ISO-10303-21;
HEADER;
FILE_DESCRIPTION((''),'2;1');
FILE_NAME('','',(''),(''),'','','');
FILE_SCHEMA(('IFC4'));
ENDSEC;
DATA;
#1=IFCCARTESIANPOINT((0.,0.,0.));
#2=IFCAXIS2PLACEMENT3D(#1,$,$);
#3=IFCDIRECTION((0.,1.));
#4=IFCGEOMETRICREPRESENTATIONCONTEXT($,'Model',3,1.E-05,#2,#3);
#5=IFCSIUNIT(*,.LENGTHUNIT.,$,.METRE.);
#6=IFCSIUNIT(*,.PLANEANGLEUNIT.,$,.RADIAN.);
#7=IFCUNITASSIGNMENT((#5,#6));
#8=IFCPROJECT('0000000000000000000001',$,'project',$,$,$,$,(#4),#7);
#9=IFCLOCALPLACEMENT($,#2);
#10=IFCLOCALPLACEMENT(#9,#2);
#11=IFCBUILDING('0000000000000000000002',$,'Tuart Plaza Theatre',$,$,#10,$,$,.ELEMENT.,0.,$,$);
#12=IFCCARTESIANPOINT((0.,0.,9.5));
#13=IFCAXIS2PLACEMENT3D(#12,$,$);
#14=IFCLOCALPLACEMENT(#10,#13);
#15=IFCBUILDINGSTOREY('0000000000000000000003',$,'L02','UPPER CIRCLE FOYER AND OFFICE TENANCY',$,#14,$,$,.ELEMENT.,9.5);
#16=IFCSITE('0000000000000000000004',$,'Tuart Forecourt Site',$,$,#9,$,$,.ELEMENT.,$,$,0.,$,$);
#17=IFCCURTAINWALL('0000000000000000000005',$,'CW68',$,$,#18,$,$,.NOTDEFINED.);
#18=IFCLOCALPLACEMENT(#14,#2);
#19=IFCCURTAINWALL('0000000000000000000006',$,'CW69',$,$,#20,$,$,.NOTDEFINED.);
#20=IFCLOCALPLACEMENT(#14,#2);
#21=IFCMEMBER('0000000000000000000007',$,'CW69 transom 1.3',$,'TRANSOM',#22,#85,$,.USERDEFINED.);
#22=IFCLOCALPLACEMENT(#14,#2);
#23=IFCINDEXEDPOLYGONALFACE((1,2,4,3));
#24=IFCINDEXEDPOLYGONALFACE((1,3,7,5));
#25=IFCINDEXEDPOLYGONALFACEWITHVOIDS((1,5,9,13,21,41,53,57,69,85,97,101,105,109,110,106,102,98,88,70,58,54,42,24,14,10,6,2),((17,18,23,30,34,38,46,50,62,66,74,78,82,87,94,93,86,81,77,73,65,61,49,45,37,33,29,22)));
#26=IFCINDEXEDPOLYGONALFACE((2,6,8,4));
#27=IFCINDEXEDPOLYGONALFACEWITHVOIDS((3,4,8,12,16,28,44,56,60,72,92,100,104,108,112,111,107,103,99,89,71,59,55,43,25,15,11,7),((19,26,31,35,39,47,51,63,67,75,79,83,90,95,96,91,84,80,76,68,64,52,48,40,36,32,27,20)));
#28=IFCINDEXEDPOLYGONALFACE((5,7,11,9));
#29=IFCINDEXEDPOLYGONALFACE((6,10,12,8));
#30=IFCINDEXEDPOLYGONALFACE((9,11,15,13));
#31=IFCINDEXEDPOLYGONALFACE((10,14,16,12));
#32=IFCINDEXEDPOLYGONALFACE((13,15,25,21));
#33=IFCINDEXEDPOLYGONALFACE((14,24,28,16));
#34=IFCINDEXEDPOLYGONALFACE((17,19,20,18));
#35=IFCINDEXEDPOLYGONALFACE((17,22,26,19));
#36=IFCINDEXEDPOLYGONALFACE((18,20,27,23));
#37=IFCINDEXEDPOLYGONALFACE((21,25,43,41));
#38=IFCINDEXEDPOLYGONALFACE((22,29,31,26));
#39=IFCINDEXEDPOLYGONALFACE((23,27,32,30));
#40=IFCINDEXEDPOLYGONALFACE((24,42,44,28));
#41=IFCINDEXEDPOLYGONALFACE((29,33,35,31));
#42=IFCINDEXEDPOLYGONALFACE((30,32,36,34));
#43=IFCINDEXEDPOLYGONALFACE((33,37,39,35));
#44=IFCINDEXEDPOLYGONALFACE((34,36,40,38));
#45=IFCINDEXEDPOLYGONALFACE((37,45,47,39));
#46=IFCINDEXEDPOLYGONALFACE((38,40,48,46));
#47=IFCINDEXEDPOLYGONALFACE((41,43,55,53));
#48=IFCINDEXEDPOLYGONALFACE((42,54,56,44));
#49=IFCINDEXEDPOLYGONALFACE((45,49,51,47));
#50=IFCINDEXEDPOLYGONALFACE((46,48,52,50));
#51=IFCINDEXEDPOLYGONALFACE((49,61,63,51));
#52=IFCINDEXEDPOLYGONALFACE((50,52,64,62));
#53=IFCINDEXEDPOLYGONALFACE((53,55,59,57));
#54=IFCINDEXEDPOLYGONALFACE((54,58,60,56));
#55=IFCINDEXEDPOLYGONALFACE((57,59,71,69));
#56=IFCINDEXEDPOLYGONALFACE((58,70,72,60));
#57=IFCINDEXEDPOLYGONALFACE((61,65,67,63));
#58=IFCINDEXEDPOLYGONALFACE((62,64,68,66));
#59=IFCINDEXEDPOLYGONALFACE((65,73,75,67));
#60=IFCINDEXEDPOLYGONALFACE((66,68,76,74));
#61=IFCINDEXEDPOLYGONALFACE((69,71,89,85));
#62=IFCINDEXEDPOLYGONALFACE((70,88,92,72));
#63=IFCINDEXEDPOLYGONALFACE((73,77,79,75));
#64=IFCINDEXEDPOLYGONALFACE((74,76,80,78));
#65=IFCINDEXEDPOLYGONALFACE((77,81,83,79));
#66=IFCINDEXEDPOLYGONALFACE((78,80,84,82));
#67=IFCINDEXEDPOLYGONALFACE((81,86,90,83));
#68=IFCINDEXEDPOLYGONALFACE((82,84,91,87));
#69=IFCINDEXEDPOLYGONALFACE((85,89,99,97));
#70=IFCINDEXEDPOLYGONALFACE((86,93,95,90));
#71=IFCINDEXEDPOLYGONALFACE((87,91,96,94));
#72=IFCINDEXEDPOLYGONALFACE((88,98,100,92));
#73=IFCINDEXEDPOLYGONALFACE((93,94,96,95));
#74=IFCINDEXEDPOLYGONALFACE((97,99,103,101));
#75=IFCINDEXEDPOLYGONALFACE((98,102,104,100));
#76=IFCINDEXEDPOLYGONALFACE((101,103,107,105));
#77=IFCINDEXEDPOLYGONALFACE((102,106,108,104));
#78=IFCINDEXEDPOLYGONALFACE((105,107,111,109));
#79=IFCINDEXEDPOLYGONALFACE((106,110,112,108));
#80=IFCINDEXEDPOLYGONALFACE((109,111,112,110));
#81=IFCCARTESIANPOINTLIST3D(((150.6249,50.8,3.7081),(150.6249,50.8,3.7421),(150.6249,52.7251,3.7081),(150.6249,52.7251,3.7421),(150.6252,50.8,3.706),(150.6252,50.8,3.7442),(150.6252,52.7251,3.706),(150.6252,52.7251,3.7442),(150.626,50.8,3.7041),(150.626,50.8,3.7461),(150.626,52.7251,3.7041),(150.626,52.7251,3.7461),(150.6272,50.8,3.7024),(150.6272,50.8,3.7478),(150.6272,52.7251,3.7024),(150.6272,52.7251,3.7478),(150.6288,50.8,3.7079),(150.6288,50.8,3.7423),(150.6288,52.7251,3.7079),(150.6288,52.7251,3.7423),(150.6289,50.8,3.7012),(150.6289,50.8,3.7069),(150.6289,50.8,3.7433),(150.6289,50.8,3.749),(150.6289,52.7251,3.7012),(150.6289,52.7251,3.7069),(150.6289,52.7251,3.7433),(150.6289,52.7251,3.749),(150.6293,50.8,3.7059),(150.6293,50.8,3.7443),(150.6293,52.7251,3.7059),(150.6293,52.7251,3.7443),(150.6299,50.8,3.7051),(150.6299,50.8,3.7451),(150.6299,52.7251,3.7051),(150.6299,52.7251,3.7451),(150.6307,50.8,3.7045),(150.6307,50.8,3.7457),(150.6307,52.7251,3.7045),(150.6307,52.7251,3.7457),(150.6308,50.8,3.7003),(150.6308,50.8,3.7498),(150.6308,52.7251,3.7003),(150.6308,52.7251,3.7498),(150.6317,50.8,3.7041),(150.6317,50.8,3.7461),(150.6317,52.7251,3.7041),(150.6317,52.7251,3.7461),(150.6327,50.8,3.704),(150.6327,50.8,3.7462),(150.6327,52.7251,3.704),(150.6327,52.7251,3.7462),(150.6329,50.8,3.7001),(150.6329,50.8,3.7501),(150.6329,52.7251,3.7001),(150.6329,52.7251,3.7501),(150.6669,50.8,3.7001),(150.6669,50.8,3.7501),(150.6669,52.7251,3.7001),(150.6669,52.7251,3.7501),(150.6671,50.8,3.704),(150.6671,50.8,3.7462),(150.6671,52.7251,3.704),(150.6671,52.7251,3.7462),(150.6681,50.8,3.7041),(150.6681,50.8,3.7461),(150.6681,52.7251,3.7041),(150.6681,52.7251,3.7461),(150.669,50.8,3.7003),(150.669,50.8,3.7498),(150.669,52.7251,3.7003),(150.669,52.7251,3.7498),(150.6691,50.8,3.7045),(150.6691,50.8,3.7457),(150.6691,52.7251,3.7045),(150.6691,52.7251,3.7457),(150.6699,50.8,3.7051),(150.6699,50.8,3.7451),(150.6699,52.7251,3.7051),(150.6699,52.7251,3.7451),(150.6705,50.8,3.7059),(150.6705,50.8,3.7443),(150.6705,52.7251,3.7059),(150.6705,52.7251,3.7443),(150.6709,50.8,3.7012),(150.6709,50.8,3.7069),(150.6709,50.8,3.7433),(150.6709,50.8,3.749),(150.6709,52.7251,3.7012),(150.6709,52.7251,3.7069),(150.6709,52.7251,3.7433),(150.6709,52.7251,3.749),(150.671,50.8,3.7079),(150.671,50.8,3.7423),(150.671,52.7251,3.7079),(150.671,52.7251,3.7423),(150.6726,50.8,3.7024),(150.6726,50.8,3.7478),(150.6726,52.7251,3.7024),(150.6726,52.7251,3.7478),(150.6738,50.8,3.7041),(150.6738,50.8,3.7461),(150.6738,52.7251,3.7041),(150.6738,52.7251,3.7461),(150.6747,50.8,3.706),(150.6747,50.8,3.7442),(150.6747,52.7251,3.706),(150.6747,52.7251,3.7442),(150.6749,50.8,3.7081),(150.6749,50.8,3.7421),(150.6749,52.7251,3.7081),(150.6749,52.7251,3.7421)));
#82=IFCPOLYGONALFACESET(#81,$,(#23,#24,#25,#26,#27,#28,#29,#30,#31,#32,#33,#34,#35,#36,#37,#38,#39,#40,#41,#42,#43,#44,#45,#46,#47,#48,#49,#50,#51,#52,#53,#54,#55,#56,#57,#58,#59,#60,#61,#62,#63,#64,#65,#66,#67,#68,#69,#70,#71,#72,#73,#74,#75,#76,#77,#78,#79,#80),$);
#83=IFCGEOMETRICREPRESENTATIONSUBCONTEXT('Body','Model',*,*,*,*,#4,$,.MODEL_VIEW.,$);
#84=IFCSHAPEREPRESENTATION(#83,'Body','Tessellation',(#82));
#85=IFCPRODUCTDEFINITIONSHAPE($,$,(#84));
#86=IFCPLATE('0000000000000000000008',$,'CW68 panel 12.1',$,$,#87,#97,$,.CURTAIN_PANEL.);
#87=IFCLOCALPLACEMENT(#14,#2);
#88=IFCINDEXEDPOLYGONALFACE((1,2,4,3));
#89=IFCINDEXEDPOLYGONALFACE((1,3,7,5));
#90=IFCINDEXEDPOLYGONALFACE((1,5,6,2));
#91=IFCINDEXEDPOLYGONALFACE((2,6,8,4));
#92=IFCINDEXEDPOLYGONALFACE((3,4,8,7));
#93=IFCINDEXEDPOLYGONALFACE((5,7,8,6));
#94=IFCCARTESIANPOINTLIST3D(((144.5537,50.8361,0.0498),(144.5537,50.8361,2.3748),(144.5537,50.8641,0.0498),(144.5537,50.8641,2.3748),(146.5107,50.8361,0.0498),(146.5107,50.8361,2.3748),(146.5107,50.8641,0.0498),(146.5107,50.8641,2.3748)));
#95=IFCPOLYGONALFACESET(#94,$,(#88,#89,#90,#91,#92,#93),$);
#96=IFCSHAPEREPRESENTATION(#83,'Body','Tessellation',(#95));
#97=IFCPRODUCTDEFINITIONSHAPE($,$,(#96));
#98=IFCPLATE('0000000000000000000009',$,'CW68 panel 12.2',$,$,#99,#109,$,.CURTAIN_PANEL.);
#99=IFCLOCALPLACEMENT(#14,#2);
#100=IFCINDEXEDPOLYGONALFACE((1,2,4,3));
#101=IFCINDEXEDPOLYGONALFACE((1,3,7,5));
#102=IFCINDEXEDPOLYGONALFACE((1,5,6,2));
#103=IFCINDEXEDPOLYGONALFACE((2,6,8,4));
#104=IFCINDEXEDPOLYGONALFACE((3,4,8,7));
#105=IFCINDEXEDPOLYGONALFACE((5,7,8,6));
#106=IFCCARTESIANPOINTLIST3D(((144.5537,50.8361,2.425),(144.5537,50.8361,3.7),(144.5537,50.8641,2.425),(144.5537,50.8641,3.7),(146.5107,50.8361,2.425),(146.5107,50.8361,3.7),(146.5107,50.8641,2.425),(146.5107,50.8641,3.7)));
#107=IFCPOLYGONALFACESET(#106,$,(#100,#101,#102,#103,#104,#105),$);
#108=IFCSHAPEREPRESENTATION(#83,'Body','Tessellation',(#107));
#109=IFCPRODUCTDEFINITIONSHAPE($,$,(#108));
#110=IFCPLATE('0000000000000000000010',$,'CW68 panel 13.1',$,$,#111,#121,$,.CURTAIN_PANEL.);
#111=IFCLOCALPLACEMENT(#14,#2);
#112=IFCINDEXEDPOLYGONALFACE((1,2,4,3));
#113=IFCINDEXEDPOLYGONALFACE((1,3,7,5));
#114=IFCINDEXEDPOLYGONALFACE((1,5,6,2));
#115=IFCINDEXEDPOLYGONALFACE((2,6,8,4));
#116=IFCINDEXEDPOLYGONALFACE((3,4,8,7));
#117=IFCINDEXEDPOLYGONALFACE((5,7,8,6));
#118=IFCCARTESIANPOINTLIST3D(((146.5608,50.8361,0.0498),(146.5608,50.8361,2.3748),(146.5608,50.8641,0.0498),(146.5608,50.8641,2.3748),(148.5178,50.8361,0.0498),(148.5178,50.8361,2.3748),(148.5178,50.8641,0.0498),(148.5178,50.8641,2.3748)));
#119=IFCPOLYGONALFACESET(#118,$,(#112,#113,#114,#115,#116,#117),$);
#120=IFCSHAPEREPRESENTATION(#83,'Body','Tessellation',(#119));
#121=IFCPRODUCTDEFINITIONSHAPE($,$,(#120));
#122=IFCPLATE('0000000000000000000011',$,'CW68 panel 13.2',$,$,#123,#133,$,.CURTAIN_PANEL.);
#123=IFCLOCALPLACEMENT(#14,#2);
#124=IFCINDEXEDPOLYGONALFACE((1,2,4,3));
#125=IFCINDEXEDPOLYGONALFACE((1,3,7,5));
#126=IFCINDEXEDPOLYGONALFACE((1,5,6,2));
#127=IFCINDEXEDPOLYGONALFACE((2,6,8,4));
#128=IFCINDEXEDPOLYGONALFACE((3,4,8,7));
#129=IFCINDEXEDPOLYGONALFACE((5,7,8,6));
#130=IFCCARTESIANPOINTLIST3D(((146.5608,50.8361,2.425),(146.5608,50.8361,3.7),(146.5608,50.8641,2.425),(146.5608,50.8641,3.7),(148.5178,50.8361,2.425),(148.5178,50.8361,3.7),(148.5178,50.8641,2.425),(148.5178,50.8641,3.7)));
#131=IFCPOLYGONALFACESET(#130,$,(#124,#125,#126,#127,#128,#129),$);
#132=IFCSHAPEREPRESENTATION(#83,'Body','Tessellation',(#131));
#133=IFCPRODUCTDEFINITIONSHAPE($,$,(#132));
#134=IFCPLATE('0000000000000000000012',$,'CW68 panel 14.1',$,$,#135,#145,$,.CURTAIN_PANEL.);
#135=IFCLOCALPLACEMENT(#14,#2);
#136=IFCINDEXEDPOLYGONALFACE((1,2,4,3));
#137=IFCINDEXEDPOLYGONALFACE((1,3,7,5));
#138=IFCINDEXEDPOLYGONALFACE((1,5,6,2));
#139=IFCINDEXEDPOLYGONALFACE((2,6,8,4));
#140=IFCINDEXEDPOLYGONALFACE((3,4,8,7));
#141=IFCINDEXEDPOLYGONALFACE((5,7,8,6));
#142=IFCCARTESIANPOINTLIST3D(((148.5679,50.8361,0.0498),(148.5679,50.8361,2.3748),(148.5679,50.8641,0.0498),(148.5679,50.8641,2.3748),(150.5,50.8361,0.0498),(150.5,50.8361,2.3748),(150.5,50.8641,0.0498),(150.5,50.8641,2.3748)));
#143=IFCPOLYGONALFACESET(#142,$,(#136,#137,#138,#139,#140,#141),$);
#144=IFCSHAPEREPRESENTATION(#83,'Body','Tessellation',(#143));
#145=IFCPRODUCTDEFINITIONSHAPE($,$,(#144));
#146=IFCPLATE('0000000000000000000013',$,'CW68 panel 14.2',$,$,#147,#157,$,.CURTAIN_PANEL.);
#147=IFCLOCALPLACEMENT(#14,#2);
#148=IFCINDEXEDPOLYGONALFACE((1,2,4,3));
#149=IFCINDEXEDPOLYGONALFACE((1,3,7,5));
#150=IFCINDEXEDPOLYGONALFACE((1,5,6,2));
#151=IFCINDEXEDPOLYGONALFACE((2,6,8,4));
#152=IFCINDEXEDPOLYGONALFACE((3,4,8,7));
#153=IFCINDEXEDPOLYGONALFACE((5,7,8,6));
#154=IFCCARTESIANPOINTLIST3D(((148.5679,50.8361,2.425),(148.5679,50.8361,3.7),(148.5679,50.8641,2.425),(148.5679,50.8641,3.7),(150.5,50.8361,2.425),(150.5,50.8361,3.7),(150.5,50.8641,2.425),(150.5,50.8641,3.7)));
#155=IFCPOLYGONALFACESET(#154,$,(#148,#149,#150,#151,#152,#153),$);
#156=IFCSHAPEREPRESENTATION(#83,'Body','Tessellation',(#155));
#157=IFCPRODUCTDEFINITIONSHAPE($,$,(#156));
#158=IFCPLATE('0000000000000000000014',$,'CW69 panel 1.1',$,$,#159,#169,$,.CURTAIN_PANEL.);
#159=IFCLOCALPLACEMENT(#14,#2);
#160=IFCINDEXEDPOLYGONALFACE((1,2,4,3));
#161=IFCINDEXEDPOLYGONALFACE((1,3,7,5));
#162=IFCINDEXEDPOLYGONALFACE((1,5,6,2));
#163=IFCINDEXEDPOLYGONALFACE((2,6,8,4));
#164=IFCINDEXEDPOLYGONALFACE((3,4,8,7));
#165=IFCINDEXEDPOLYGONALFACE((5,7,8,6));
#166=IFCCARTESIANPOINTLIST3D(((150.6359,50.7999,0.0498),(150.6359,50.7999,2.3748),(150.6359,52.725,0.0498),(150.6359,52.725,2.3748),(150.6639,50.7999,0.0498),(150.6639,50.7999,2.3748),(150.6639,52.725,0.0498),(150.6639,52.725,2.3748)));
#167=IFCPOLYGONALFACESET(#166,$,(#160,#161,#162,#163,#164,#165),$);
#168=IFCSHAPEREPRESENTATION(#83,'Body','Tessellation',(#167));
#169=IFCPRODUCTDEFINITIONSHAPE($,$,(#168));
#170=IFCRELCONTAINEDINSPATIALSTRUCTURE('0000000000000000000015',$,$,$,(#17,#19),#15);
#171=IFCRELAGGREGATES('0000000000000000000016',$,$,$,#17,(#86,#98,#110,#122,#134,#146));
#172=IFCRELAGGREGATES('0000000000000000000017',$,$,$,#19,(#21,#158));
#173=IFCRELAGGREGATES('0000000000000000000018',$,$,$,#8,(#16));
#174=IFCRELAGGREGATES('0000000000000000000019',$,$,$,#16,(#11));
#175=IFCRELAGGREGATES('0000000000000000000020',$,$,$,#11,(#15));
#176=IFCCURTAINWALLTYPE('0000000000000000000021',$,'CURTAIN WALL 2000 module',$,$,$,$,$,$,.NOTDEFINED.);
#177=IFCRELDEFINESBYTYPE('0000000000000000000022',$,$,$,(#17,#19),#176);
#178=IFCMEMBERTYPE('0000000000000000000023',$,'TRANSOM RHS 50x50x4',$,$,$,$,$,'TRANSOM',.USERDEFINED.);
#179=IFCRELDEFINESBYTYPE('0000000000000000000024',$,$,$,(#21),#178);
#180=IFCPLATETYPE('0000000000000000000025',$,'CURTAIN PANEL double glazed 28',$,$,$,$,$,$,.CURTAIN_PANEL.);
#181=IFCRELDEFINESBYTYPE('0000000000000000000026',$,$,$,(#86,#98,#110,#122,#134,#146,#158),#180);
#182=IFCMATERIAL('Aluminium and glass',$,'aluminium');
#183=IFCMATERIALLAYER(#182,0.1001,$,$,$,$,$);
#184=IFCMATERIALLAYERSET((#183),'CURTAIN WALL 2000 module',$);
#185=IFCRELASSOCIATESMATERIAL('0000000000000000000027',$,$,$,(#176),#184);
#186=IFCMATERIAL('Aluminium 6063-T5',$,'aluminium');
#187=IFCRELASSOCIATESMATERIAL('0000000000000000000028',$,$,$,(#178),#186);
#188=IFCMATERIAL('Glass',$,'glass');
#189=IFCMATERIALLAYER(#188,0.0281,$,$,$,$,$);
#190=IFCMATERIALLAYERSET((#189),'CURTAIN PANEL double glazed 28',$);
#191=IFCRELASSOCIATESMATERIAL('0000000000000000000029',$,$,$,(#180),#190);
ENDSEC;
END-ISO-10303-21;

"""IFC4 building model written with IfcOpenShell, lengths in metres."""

from ifc_helpers import new_model, si_unit, direction, frame, origin, origin_2d, place, context, subcontext, project, spatial, rectangle, hollow_rectangle, extrude, material, layer, layer_set, material_profile, profile_set, type_object, element, aggregate, save


model = new_model("IFC4")

# Units and contexts
model_context = context("Model", 3, precision=1e-05, world=origin(), true_north=direction((0.0, 1.0)))
body_context = subcontext(model_context, "Body", "Model", "MODEL_VIEW")
ifc_project = project(units=[si_unit("LENGTHUNIT", "METRE"), si_unit("PLANEANGLEUNIT", "RADIAN")], contexts=[model_context])

# Site, building, storey
site_placement = place(None, origin())
site = spatial("IfcSite", under=ifc_project, at=site_placement, Name="Tuart Forecourt Site", CompositionType="ELEMENT", RefElevation=0.0)
building_placement = place(site_placement, origin())
building = spatial("IfcBuilding", under=site, at=building_placement, Name="Tuart Plaza Theatre", CompositionType="ELEMENT", ElevationOfRefHeight=0.0)
storey_placement = place(building_placement, frame((0.0, 0.0, 9.5)))
storey = spatial("IfcBuildingStorey", under=building, at=storey_placement, Name="L02", Description="UPPER CIRCLE FOYER AND OFFICE TENANCY", CompositionType="ELEMENT", Elevation=9.5)

# Curtain wall
ifc_material_1 = material(Name="Aluminium and glass", Category="aluminium")
ifc_layer_1 = layer(ifc_material_1, 0.1001)
ifc_layer_set_1 = layer_set([ifc_layer_1], Name="CURTAIN WALL 2000 module")
curtain_wall_type = type_object("IfcCurtainWallType", Name="CURTAIN WALL 2000 module", PredefinedType="NOTDEFINED", material=ifc_layer_set_1)
curtain_wall_1_placement = place(storey_placement, origin())
curtain_wall_1 = element("IfcCurtainWall", 1, at=curtain_wall_1_placement, inside=storey, type_object=curtain_wall_type, Name="CW68", PredefinedType="NOTDEFINED")

# Curtain wall
curtain_wall_2_placement = place(storey_placement, origin())
curtain_wall_2 = element("IfcCurtainWall", 2, at=curtain_wall_2_placement, inside=storey, type_object=curtain_wall_type, Name="CW69", PredefinedType="NOTDEFINED")

# Member
ifc_material_2 = material(Name="Aluminium 6063-T5", Category="aluminium")
ifc_material_profile_1 = material_profile(ifc_material_2, hollow_rectangle(XDim=0.05, YDim=0.05, WallThickness=0.0039, InnerFilletRadius=0.0039, OuterFilletRadius=0.0081, at=origin_2d()), Name="RHS 50x50x4")
ifc_profile_set_1 = profile_set([ifc_material_profile_1], Name="Aluminium 6063-T5")
member_type_1 = type_object("IfcMemberType", Name="TRANSOM RHS 50x50x4", ElementType="TRANSOM", PredefinedType="USERDEFINED", material=ifc_profile_set_1)
member_1_placement = place(storey_placement, frame((150.6499, 50.8, 3.7251), z_axis=(0.0, 1.0, 0.0), x_axis=(-1.0, 0.0, 0.0)))
member_1 = element("IfcMember", 3, at=member_1_placement, type_object=member_type_1, Name="CW69 transom 1.3", ObjectType="TRANSOM", PredefinedType="USERDEFINED", context=body_context, shape_type="SweptSolid", body=[
    extrude(hollow_rectangle(XDim=0.05, YDim=0.05, WallThickness=0.0039, InnerFilletRadius=0.0039, OuterFilletRadius=0.0081, at=origin_2d()), origin(), (0.0, 0.0, 1.0), 1.925),
])

# Plates
ifc_material_3 = material(Name="Glass", Category="glass")
ifc_layer_2 = layer(ifc_material_3, 0.0281)
ifc_layer_set_2 = layer_set([ifc_layer_2], Name="CURTAIN PANEL double glazed 28")
plate_type = type_object("IfcPlateType", Name="CURTAIN PANEL double glazed 28", PredefinedType="CURTAIN_PANEL", material=ifc_layer_set_2)
plate_1_placement = place(storey_placement, frame((145.5322, 50.8501, 0.0498), z_axis=(0.0, 0.0, 1.0), x_axis=(1.0, 0.0, 0.0)))
plate_1 = element("IfcPlate", 4, at=plate_1_placement, type_object=plate_type, Name="CW68 panel 12.1", PredefinedType="CURTAIN_PANEL", context=body_context, shape_type="SweptSolid", body=[
    extrude(rectangle(XDim=1.957, YDim=0.0281, at=origin_2d()), origin(), (0.0, 0.0, 1.0), 2.325),
])
plate_2_placement = place(storey_placement, frame((145.5322, 50.8501, 2.425), z_axis=(0.0, 0.0, 1.0), x_axis=(1.0, 0.0, 0.0)))
plate_2 = element("IfcPlate", 5, at=plate_2_placement, type_object=plate_type, Name="CW68 panel 12.2", PredefinedType="CURTAIN_PANEL", context=body_context, shape_type="SweptSolid", body=[
    extrude(rectangle(XDim=1.957, YDim=0.0281, at=origin_2d()), origin(), (0.0, 0.0, 1.0), 1.2749),
])
plate_3_placement = place(storey_placement, frame((147.5393, 50.8501, 0.0498), z_axis=(0.0, 0.0, 1.0), x_axis=(1.0, 0.0, 0.0)))
plate_3 = element("IfcPlate", 6, at=plate_3_placement, type_object=plate_type, Name="CW68 panel 13.1", PredefinedType="CURTAIN_PANEL", context=body_context, shape_type="SweptSolid", body=[
    extrude(rectangle(XDim=1.957, YDim=0.0281, at=origin_2d()), origin(), (0.0, 0.0, 1.0), 2.325),
])
plate_4_placement = place(storey_placement, frame((147.5393, 50.8501, 2.425), z_axis=(0.0, 0.0, 1.0), x_axis=(1.0, 0.0, 0.0)))
plate_4 = element("IfcPlate", 7, at=plate_4_placement, type_object=plate_type, Name="CW68 panel 13.2", PredefinedType="CURTAIN_PANEL", context=body_context, shape_type="SweptSolid", body=[
    extrude(rectangle(XDim=1.957, YDim=0.0281, at=origin_2d()), origin(), (0.0, 0.0, 1.0), 1.2749),
])
plate_5_placement = place(storey_placement, frame((149.5339, 50.8501, 0.0498), z_axis=(0.0, 0.0, 1.0), x_axis=(1.0, 0.0, 0.0)))
plate_5 = element("IfcPlate", 8, at=plate_5_placement, type_object=plate_type, Name="CW68 panel 14.1", PredefinedType="CURTAIN_PANEL", context=body_context, shape_type="SweptSolid", body=[
    extrude(rectangle(XDim=1.9321, YDim=0.0281, at=origin_2d()), origin(), (0.0, 0.0, 1.0), 2.325),
])
plate_6_placement = place(storey_placement, frame((149.5339, 50.8501, 2.425), z_axis=(0.0, 0.0, 1.0), x_axis=(1.0, 0.0, 0.0)))
plate_6 = element("IfcPlate", 9, at=plate_6_placement, type_object=plate_type, Name="CW68 panel 14.2", PredefinedType="CURTAIN_PANEL", context=body_context, shape_type="SweptSolid", body=[
    extrude(rectangle(XDim=1.9321, YDim=0.0281, at=origin_2d()), origin(), (0.0, 0.0, 1.0), 1.2749),
])
aggregate(curtain_wall_1, [plate_1, plate_2, plate_3, plate_4, plate_5, plate_6])
plate_7_placement = place(storey_placement, frame((150.6499, 51.7625, 0.0498), z_axis=(0.0, 0.0, 1.0), x_axis=(0.0, 1.0, 0.0)))
plate_7 = element("IfcPlate", 10, at=plate_7_placement, type_object=plate_type, Name="CW69 panel 1.1", PredefinedType="CURTAIN_PANEL", context=body_context, shape_type="SweptSolid", body=[
    extrude(rectangle(XDim=1.925, YDim=0.0281, at=origin_2d()), origin(), (0.0, 0.0, 1.0), 2.325),
])
aggregate(curtain_wall_2, [member_1, plate_7])

save(model, "model.ifc")
